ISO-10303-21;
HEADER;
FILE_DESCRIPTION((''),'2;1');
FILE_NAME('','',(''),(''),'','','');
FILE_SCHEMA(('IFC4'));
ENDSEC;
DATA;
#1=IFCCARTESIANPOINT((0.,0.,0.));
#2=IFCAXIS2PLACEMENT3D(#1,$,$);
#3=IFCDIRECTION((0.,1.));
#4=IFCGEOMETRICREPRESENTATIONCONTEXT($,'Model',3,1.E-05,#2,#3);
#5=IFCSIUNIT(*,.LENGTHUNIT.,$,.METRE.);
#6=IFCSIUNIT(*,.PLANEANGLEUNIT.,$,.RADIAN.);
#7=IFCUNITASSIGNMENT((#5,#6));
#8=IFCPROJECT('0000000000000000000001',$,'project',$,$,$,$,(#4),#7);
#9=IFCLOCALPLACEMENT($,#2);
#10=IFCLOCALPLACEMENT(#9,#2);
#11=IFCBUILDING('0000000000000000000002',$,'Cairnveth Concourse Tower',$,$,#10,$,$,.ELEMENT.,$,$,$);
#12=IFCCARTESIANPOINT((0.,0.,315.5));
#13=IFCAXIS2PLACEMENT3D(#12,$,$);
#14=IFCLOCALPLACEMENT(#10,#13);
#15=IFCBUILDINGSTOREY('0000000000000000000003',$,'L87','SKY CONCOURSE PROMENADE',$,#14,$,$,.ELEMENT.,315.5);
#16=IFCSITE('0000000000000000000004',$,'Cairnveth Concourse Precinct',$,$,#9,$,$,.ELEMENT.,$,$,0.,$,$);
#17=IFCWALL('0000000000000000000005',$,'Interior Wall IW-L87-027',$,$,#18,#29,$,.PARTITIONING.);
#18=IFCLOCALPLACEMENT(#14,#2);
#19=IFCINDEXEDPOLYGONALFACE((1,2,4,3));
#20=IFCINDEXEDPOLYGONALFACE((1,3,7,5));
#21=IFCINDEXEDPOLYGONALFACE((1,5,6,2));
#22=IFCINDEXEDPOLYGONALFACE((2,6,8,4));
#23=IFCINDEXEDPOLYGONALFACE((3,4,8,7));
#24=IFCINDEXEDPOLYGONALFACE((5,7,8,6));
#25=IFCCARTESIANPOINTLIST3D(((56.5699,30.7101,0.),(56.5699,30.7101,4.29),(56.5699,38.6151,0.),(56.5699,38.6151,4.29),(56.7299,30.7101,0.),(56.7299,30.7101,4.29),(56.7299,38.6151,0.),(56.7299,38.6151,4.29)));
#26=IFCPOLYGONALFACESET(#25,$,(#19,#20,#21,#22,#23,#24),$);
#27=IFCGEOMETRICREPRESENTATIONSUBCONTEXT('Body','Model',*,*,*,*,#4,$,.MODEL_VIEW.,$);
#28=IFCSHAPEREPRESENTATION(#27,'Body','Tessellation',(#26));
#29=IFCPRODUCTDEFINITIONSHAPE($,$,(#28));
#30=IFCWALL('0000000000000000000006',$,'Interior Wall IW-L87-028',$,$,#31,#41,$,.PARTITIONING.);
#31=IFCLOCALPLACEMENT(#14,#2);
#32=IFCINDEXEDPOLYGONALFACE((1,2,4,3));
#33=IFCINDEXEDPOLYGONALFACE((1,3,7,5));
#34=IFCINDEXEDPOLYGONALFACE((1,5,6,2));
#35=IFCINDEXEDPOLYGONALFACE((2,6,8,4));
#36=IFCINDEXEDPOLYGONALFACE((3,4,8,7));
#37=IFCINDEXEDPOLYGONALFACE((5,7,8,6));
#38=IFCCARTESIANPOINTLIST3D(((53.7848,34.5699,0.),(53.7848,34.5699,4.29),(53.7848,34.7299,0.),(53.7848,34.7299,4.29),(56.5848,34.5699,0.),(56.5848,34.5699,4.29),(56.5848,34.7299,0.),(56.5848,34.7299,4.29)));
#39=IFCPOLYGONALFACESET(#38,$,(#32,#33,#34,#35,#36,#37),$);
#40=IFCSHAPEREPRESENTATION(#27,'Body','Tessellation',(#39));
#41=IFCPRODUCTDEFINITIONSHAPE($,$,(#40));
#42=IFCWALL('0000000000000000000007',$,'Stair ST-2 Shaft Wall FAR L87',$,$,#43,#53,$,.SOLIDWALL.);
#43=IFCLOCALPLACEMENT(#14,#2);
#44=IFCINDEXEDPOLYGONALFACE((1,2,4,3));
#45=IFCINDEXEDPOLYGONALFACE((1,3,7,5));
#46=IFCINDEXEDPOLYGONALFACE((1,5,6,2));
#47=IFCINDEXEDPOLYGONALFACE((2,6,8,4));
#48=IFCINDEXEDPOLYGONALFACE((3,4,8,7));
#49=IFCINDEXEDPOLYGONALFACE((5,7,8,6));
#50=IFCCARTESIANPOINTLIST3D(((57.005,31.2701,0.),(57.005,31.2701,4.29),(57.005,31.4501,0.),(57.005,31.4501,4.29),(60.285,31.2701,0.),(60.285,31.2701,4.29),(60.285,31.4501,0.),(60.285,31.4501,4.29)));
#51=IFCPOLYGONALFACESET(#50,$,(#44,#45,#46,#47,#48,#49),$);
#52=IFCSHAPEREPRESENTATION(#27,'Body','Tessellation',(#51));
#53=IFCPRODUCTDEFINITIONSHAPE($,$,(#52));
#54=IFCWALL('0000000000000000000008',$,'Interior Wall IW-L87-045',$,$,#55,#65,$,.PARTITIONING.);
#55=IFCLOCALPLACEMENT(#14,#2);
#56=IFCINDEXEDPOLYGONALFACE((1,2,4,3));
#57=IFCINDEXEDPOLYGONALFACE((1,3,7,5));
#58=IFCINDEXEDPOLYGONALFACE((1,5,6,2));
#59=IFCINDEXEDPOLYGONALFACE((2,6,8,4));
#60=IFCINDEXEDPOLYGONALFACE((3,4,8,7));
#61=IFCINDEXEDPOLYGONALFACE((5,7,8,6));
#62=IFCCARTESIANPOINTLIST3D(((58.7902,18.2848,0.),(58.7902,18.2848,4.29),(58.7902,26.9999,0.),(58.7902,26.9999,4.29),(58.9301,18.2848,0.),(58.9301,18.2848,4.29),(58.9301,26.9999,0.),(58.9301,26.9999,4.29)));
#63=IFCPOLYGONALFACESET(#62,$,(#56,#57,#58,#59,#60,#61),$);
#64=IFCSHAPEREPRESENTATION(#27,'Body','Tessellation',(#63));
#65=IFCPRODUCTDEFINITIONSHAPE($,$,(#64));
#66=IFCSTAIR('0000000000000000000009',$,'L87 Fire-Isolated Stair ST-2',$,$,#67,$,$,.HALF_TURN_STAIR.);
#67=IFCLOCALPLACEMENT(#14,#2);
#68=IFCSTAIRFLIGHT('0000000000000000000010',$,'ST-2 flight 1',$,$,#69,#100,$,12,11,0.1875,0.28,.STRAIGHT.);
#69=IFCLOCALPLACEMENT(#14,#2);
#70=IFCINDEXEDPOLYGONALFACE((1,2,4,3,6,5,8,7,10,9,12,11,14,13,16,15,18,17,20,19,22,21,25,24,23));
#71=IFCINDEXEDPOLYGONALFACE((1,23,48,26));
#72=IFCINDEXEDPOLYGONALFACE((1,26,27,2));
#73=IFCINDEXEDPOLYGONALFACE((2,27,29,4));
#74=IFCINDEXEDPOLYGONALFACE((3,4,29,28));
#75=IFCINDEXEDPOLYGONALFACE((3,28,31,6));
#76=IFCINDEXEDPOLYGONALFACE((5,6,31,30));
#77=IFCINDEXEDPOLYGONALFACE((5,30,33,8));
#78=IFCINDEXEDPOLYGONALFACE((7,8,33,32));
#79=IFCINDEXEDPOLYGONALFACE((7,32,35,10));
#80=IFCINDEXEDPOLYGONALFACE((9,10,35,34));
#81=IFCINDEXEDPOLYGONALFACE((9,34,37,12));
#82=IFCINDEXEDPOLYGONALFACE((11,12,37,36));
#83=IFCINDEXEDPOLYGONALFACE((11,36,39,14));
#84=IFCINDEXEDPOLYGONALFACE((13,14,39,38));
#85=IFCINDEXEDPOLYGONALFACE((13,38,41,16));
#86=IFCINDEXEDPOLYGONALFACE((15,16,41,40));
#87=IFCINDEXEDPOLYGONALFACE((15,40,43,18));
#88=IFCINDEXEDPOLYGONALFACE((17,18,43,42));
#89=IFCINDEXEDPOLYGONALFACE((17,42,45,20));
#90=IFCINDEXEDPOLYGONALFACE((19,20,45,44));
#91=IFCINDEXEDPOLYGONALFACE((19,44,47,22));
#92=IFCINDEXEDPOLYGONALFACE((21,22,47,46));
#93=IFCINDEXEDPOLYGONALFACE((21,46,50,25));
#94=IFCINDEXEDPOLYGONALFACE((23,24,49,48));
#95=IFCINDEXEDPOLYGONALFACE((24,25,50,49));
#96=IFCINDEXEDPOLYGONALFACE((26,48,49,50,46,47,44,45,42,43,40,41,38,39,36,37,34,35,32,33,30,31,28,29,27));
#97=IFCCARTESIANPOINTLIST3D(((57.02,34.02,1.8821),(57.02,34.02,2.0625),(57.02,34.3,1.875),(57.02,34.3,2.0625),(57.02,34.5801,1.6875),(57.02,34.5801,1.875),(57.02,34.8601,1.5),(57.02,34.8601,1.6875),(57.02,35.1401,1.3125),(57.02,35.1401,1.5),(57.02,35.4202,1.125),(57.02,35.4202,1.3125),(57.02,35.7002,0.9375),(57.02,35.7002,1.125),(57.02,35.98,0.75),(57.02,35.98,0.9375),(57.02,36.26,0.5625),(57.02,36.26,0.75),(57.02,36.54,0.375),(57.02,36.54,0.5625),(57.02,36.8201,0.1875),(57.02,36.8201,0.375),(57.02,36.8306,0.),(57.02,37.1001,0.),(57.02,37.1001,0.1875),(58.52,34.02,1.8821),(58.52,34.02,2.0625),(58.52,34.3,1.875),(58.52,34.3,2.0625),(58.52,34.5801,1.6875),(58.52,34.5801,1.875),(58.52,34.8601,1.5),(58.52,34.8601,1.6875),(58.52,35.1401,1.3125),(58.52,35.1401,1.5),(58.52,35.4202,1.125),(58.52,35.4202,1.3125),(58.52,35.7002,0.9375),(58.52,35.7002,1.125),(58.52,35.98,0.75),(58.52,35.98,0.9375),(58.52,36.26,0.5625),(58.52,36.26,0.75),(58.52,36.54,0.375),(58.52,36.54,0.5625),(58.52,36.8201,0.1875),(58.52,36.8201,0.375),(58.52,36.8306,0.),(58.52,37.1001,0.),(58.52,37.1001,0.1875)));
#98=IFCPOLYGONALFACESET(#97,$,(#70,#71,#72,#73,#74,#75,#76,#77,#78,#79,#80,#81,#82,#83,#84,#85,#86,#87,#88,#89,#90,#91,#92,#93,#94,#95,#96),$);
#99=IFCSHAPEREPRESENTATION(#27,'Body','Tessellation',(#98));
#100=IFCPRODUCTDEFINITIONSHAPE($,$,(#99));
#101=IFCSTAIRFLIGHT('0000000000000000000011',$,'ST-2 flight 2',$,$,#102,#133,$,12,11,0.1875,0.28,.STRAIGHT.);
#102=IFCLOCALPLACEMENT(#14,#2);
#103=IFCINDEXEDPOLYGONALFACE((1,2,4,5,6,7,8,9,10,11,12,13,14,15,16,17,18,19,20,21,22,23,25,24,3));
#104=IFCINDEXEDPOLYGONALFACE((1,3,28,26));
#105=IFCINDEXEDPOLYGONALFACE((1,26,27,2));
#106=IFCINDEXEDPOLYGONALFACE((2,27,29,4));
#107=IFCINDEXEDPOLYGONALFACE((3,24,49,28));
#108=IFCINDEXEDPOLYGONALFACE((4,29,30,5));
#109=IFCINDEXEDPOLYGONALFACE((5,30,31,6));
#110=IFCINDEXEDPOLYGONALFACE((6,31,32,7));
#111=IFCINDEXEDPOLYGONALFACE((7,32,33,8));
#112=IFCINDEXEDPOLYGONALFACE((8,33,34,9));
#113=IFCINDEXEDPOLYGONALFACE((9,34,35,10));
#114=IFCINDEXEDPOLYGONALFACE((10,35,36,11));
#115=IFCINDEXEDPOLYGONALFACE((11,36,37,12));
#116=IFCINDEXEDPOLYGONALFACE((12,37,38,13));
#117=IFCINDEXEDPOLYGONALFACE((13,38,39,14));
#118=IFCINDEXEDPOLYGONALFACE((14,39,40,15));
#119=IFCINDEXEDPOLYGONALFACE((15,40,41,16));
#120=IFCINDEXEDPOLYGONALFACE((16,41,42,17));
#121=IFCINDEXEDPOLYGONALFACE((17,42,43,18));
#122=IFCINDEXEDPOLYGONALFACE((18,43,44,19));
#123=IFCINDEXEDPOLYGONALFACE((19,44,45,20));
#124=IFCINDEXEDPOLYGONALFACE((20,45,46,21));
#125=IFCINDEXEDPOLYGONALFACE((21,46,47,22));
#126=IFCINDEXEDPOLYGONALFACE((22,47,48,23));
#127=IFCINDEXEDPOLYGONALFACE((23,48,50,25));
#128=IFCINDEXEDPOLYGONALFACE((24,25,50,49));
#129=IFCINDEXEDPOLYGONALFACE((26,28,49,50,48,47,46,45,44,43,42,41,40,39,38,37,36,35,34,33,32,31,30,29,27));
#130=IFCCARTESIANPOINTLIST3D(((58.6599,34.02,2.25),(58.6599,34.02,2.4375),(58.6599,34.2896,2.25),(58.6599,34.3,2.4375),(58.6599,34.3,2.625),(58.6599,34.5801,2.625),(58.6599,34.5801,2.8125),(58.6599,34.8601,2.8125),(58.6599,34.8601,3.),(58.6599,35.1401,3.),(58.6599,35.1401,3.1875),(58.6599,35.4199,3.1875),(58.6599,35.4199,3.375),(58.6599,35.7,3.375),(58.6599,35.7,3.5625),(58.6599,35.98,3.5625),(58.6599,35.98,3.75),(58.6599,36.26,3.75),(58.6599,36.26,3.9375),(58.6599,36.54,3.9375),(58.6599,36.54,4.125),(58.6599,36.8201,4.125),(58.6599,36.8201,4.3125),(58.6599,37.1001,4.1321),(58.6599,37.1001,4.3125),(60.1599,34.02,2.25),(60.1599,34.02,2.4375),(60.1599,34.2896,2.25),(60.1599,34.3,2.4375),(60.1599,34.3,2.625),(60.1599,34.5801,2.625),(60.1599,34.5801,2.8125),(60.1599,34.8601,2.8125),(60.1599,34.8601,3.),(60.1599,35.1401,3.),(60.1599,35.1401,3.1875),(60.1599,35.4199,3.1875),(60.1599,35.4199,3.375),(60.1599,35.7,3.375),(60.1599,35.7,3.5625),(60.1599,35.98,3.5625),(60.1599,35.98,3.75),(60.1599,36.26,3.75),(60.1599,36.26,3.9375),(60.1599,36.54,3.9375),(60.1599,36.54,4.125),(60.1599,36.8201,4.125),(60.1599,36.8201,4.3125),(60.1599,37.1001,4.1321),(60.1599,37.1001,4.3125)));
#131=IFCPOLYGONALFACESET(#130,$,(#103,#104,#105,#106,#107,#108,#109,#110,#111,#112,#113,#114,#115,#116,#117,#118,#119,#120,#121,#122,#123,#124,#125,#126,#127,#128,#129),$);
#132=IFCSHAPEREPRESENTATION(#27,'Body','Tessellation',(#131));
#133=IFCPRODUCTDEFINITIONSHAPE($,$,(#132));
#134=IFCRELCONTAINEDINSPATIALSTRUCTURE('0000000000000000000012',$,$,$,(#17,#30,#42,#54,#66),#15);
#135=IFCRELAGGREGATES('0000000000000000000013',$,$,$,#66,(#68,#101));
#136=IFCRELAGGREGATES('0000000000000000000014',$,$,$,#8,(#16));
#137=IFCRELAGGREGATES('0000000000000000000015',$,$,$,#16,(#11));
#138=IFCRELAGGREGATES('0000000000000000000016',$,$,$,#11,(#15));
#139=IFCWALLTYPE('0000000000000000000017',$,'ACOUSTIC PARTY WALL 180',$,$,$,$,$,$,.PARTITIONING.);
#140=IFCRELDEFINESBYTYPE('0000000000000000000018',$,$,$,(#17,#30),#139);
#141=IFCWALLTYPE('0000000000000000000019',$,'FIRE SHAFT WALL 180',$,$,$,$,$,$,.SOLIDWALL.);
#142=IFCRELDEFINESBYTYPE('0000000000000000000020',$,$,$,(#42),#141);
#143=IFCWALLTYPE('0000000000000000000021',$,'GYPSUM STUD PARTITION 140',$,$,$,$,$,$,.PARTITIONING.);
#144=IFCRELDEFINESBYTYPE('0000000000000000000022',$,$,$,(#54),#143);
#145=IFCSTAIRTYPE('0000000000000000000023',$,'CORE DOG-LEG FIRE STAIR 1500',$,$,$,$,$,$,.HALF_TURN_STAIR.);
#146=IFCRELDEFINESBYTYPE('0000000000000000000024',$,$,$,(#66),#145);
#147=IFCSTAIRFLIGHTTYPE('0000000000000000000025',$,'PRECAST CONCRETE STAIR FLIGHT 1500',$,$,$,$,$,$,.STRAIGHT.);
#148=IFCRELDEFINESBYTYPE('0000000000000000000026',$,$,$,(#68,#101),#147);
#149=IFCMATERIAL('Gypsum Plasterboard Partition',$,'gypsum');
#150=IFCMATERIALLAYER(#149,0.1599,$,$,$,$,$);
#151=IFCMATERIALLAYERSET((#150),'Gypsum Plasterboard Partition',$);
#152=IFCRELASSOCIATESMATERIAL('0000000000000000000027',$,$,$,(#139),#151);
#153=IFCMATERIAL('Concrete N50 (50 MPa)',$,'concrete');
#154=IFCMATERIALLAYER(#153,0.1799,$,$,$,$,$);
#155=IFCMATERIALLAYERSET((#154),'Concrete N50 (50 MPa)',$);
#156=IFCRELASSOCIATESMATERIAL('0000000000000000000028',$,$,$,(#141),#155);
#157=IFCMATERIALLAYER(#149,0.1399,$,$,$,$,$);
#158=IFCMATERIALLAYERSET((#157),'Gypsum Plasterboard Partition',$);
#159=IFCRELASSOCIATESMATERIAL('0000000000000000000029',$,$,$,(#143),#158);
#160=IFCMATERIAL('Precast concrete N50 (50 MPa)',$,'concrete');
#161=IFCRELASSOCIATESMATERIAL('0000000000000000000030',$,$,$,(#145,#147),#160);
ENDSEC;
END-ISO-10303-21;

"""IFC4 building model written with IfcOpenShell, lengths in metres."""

from ifc_helpers import new_model, si_unit, direction, frame, frame_2d, origin, place, context, subcontext, project, spatial, polyline, rectangle, outline, extrude, material, layer, layer_set, type_object, element, aggregate, save


model = new_model("IFC4")

# Units and contexts
model_context = context("Model", 3, precision=1e-05, world=origin(), true_north=direction((0.0, 1.0)))
body_context = subcontext(model_context, "Body", "Model", "MODEL_VIEW")
ifc_project = project(units=[si_unit("LENGTHUNIT", "METRE"), si_unit("PLANEANGLEUNIT", "RADIAN")], contexts=[model_context])

# Site, building, storey
site_placement = place(None, origin())
site = spatial("IfcSite", under=ifc_project, at=site_placement, Name="Cairnveth Concourse Precinct", CompositionType="ELEMENT", RefElevation=0.0)
building_placement = place(site_placement, origin())
building = spatial("IfcBuilding", under=site, at=building_placement, Name="Cairnveth Concourse Tower", CompositionType="ELEMENT")
storey_placement = place(building_placement, frame((0.0, 0.0, 315.5)))
storey = spatial("IfcBuildingStorey", under=building, at=storey_placement, Name="L87", Description="SKY CONCOURSE PROMENADE", CompositionType="ELEMENT", Elevation=315.5)

# Shared definitions
ifc_material_1 = material(Name="Concrete N50 (50 MPa)", Category="concrete")

# Walls
ifc_material_2 = material(Name="Gypsum Plasterboard Partition", Category="gypsum")
ifc_layer_1 = layer(ifc_material_2, 0.1599)
ifc_layer_set_1 = layer_set([ifc_layer_1], Name="Gypsum Plasterboard Partition")
wall_type_1 = type_object("IfcWallType", Name="ACOUSTIC PARTY WALL 180", PredefinedType="PARTITIONING", material=ifc_layer_set_1)
wall_1_placement = place(storey_placement, frame((56.6499, 30.71, 0.0), z_axis=(0.0, 0.0, 1.0), x_axis=(0.0, 1.0, 0.0)))
element("IfcWall", 1, at=wall_1_placement, inside=storey, type_object=wall_type_1, Name="Interior Wall IW-L87-027", PredefinedType="PARTITIONING", context=body_context, shape_type="SweptSolid", body=[
    extrude(rectangle(XDim=7.905, YDim=0.1599, at=frame_2d((3.9526, 0.0))), origin(), (0.0, 0.0, 1.0), 4.29),
])
wall_2_placement = place(storey_placement, frame((53.7849, 34.6499, 0.0), z_axis=(0.0, 0.0, 1.0), x_axis=(1.0, 0.0, 0.0)))
element("IfcWall", 2, at=wall_2_placement, inside=storey, type_object=wall_type_1, Name="Interior Wall IW-L87-028", PredefinedType="PARTITIONING", context=body_context, shape_type="SweptSolid", body=[
    extrude(rectangle(XDim=2.8, YDim=0.1599, at=frame_2d((1.3999, 0.0))), origin(), (0.0, 0.0, 1.0), 4.29),
])
ifc_layer_2 = layer(ifc_material_1, 0.1799)
ifc_layer_set_2 = layer_set([ifc_layer_2], Name="Concrete N50 (50 MPa)")
wall_type_2 = type_object("IfcWallType", Name="FIRE SHAFT WALL 180", PredefinedType="SOLIDWALL", material=ifc_layer_set_2)
wall_3_placement = place(storey_placement, frame((57.0049, 31.3601, 0.0), z_axis=(0.0, 0.0, 1.0), x_axis=(1.0, 0.0, 0.0)))
element("IfcWall", 3, at=wall_3_placement, inside=storey, type_object=wall_type_2, Name="Stair ST-2 Shaft Wall FAR L87", PredefinedType="SOLIDWALL", context=body_context, shape_type="SweptSolid", body=[
    extrude(rectangle(XDim=3.28, YDim=0.1799, at=frame_2d((1.6401, 0.0))), origin(), (0.0, 0.0, 1.0), 4.29),
])

# Wall
ifc_layer_3 = layer(ifc_material_2, 0.1399)
ifc_layer_set_3 = layer_set([ifc_layer_3], Name="Gypsum Plasterboard Partition")
wall_type_3 = type_object("IfcWallType", Name="GYPSUM STUD PARTITION 140", PredefinedType="PARTITIONING", material=ifc_layer_set_3)
wall_4_placement = place(storey_placement, frame((58.8601, 18.2849, 0.0), z_axis=(0.0, 0.0, 1.0), x_axis=(0.0, 1.0, 0.0)))
element("IfcWall", 4, at=wall_4_placement, inside=storey, type_object=wall_type_3, Name="Interior Wall IW-L87-045", PredefinedType="PARTITIONING", context=body_context, shape_type="SweptSolid", body=[
    extrude(rectangle(XDim=8.7151, YDim=0.1399, at=frame_2d((4.3574, 0.0))), origin(), (0.0, 0.0, 1.0), 4.29),
])

# Stair, stair flights
ifc_material_3 = material(Name="Precast concrete N50 (50 MPa)", Category="concrete")
stair_type = type_object("IfcStairType", Name="CORE DOG-LEG FIRE STAIR 1500", PredefinedType="HALF_TURN_STAIR", material=ifc_material_3)
stair_placement = place(storey_placement, origin())
stair = element("IfcStair", 5, at=stair_placement, inside=storey, type_object=stair_type, Name="L87 Fire-Isolated Stair ST-2", PredefinedType="HALF_TURN_STAIR")
stair_flight_type = type_object("IfcStairFlightType", Name="PRECAST CONCRETE STAIR FLIGHT 1500", PredefinedType="STRAIGHT", material=ifc_material_3)
stair_flight_1_placement = place(storey_placement, frame((57.77, 37.1001, 0.0), z_axis=(0.0, 0.0, 1.0), x_axis=(0.0, -1.0, 0.0)))
stair_flight_1 = element("IfcStairFlight", 6, at=stair_flight_1_placement, type_object=stair_flight_type, Name="ST-2 flight 1", NumberOfRisers=12, NumberOfTreads=11, PredefinedType="STRAIGHT", RiserHeight=0.1875, TreadLength=0.28, context=body_context, shape_type="SweptSolid", body=[
    extrude(outline(polyline([(0.0, 0.0), (0.0, 0.1875), (0.28, 0.1875), (0.28, 0.375), (0.5601, 0.375), (0.5601, 0.5625), (0.8401, 0.5625), (0.8401, 0.75), (1.1201, 0.75), (1.1201, 0.9375), (1.3999, 0.9375), (1.3999, 1.125), (1.6799, 1.125), (1.6799, 1.3125), (1.96, 1.3125), (1.96, 1.5), (2.24, 1.5), (2.24, 1.6875), (2.52, 1.6875), (2.52, 1.875), (2.8, 1.875), (2.8, 2.0625), (3.0801, 2.0625), (3.0801, 2.25), (3.0801, 1.8821), (0.2695, 0.0), (0.0, 0.0)])), frame((0.0, 0.75, 0.0), z_axis=(0.0, -1.0, 0.0), x_axis=(1.0, 0.0, 0.0)), (0.0, 0.0, 1.0), 1.5),
])
stair_flight_2_placement = place(storey_placement, frame((59.4099, 34.02, 2.25), z_axis=(0.0, 0.0, 1.0), x_axis=(0.0, 1.0, 0.0)))
stair_flight_2 = element("IfcStairFlight", 7, at=stair_flight_2_placement, type_object=stair_flight_type, Name="ST-2 flight 2", NumberOfRisers=12, NumberOfTreads=11, PredefinedType="STRAIGHT", RiserHeight=0.1875, TreadLength=0.28, context=body_context, shape_type="SweptSolid", body=[
    extrude(outline(polyline([(0.0, 0.0), (0.0, 0.1875), (0.28, 0.1875), (0.28, 0.375), (0.5601, 0.375), (0.5601, 0.5625), (0.8401, 0.5625), (0.8401, 0.75), (1.1201, 0.75), (1.1201, 0.9375), (1.3999, 0.9375), (1.3999, 1.125), (1.6799, 1.125), (1.6799, 1.3125), (1.96, 1.3125), (1.96, 1.5), (2.24, 1.5), (2.24, 1.6875), (2.52, 1.6875), (2.52, 1.875), (2.8, 1.875), (2.8, 2.0625), (3.0801, 2.0625), (3.0801, 2.25), (3.0801, 1.8821), (0.2695, 0.0), (0.0, 0.0)])), frame((0.0, 0.75, 0.0), z_axis=(0.0, -1.0, 0.0), x_axis=(1.0, 0.0, 0.0)), (0.0, 0.0, 1.0), 1.5),
])
aggregate(stair, [stair_flight_1, stair_flight_2])

save(model, "model.ifc")
